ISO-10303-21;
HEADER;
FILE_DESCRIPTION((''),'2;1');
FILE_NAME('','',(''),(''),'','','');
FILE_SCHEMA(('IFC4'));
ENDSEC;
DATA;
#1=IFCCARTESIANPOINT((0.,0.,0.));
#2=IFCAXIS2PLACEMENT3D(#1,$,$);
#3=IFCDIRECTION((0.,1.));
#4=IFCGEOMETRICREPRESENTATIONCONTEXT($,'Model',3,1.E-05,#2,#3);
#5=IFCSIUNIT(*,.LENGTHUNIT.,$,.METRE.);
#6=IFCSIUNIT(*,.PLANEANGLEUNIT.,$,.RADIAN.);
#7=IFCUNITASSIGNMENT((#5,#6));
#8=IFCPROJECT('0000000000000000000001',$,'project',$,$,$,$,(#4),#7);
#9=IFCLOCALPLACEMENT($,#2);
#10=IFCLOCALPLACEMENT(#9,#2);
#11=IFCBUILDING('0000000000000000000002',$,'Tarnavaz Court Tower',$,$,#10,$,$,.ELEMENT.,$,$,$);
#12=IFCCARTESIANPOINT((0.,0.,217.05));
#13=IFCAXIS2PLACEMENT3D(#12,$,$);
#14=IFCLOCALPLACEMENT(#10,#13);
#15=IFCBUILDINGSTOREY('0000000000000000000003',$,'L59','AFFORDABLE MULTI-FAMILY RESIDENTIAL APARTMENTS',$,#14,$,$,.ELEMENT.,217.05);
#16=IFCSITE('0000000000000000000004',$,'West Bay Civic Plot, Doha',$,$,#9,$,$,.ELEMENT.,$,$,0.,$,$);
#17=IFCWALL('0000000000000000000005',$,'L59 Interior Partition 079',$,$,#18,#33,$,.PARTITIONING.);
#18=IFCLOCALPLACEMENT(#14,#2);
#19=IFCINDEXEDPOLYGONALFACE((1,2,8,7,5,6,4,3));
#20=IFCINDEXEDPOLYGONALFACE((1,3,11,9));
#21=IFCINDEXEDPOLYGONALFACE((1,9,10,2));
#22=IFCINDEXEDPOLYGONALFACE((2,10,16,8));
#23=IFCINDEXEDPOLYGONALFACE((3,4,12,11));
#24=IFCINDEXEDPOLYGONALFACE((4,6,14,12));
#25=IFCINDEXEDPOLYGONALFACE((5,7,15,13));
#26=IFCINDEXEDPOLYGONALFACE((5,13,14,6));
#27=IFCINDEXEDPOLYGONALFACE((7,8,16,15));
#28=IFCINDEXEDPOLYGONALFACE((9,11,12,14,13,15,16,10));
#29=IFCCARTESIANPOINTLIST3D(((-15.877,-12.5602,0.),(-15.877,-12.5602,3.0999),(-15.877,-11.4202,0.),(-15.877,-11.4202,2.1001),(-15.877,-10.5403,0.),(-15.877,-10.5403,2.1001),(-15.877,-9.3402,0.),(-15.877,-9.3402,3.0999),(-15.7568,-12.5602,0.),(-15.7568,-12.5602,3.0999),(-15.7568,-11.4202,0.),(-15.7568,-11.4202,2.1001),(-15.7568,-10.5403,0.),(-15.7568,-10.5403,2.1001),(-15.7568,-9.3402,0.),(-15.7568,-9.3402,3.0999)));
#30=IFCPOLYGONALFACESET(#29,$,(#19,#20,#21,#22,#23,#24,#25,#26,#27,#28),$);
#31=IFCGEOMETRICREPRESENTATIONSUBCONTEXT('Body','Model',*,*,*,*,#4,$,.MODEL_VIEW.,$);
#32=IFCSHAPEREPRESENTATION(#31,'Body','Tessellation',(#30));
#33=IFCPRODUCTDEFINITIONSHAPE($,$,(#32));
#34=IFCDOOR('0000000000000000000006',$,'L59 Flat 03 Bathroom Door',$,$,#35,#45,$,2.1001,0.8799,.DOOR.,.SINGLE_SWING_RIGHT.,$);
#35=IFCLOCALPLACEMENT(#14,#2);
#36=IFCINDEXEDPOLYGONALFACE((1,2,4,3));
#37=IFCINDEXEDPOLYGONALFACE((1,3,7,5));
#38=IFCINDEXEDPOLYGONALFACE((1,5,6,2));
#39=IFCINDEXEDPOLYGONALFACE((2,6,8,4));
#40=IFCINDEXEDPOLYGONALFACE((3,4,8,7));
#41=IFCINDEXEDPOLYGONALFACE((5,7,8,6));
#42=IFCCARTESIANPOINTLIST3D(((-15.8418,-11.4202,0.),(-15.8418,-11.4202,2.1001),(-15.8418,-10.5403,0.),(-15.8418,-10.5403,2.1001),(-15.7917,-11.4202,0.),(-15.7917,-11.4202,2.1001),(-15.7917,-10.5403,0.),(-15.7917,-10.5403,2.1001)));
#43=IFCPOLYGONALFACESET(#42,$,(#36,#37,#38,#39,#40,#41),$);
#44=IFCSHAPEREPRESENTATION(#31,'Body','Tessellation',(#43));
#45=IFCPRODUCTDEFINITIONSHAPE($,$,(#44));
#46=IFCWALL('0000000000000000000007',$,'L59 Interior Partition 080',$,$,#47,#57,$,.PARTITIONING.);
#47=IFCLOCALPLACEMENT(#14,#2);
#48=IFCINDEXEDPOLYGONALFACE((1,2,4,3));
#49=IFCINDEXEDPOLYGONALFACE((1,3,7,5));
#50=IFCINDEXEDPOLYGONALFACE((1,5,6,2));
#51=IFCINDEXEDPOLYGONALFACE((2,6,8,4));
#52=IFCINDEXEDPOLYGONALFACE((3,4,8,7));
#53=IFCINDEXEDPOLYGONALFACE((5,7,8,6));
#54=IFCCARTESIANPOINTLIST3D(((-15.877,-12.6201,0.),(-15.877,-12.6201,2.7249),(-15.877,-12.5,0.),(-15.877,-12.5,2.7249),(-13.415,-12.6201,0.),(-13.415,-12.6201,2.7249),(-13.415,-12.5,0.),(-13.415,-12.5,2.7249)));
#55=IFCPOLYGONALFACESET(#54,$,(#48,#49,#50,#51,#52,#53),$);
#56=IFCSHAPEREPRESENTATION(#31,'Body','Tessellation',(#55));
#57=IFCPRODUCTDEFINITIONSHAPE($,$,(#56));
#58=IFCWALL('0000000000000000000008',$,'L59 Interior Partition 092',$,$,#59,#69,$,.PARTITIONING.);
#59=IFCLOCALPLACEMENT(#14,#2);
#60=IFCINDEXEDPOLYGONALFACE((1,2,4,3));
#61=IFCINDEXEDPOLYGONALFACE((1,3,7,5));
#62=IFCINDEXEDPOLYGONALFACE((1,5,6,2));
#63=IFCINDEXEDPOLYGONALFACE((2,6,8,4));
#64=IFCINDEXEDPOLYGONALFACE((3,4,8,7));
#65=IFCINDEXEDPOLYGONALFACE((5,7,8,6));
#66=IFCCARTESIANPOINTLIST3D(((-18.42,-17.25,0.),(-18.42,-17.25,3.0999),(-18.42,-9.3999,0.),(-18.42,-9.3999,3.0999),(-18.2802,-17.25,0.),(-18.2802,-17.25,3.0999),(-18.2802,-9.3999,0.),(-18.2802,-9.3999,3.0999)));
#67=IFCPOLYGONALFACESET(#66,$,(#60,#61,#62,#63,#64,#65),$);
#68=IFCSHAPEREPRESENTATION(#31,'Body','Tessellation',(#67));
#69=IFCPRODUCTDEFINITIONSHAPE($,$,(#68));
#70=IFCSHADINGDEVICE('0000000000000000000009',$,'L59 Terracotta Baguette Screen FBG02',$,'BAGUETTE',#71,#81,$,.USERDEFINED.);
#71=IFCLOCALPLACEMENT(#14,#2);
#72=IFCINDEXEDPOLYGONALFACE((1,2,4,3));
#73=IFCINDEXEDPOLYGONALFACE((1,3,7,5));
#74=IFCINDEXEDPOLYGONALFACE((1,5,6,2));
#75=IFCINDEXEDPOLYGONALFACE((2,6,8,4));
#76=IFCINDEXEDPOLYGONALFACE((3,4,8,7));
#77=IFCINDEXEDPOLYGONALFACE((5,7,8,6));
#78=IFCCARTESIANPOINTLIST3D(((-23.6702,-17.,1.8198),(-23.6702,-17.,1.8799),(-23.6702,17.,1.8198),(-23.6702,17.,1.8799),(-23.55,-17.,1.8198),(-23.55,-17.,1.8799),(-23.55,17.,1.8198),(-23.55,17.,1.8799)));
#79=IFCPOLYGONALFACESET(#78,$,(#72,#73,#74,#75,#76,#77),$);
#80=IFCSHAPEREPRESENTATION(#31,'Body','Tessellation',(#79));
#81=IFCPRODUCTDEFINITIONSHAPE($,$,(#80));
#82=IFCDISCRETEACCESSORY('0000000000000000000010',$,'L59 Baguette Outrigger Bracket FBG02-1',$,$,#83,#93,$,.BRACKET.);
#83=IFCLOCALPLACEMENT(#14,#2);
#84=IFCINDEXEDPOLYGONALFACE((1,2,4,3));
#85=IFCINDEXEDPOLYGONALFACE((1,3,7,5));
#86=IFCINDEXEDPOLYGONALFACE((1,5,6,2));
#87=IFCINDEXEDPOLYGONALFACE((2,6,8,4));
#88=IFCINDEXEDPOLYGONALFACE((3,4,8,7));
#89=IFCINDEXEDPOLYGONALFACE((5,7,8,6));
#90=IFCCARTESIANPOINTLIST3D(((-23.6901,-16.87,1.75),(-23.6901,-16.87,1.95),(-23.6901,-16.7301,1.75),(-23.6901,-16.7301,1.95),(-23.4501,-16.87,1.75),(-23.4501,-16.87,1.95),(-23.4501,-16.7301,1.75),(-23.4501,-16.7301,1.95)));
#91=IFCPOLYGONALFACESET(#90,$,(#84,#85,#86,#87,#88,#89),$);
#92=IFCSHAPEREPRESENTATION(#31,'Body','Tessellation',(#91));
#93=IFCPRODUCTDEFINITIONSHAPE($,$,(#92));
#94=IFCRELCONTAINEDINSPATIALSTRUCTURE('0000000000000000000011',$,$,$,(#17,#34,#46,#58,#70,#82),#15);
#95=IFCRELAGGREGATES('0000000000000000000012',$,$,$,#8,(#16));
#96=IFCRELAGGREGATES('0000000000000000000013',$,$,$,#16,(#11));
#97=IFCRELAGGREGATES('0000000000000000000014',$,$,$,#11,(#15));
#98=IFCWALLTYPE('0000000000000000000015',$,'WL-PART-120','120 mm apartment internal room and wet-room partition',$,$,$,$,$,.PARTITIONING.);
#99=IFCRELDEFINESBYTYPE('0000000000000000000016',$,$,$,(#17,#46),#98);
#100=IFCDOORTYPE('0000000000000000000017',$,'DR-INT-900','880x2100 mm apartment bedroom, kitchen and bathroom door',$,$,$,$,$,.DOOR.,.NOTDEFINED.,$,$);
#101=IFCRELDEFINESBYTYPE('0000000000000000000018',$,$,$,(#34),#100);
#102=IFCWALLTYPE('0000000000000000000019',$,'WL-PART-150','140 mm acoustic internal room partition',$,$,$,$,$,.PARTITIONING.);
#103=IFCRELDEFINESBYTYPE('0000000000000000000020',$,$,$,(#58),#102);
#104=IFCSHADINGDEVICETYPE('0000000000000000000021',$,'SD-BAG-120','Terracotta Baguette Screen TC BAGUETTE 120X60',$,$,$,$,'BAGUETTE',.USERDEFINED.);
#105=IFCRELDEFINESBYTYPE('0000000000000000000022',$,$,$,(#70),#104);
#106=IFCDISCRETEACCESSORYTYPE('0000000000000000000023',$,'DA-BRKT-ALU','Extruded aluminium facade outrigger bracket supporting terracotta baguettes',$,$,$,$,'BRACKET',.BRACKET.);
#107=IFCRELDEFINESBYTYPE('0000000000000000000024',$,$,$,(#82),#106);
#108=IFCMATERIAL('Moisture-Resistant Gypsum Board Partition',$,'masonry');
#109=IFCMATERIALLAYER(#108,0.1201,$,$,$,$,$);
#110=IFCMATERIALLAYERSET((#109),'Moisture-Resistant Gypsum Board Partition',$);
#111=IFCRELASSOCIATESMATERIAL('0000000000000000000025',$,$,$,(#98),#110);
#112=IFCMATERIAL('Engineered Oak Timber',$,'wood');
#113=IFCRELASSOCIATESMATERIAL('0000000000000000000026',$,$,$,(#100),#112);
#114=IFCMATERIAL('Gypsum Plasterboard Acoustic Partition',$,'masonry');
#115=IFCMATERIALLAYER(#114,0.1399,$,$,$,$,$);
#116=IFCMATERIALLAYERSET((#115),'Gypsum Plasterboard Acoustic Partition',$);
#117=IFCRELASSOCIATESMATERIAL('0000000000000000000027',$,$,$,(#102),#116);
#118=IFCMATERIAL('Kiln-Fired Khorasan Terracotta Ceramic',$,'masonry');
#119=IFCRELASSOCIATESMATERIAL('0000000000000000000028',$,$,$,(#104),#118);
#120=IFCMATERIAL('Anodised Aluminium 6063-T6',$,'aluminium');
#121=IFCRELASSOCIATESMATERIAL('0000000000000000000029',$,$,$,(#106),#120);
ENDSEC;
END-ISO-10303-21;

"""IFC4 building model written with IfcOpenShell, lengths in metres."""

from ifc_helpers import new_model, si_unit, direction, frame, frame_2d, origin, origin_2d, place, context, subcontext, project, spatial, rectangle, extrude, material, layer, layer_set, material_profile, profile_set, type_object, element, fill, save


model = new_model("IFC4")

# Units and contexts
model_context = context("Model", 3, precision=1e-05, world=origin(), true_north=direction((0.0, 1.0)))
body_context = subcontext(model_context, "Body", "Model", "MODEL_VIEW")
ifc_project = project(units=[si_unit("LENGTHUNIT", "METRE"), si_unit("PLANEANGLEUNIT", "RADIAN")], contexts=[model_context])

# Site, building, storey
site_placement = place(None, origin())
site = spatial("IfcSite", under=ifc_project, at=site_placement, Name="West Bay Civic Plot, Doha", CompositionType="ELEMENT", RefElevation=0.0)
building_placement = place(site_placement, origin())
building = spatial("IfcBuilding", under=site, at=building_placement, Name="Tarnavaz Court Tower", CompositionType="ELEMENT")
storey_placement = place(building_placement, frame((0.0, 0.0, 217.05)))
storey = spatial("IfcBuildingStorey", under=building, at=storey_placement, Name="L59", Description="AFFORDABLE MULTI-FAMILY RESIDENTIAL APARTMENTS", CompositionType="ELEMENT", Elevation=217.05)

# Wall, opening, door
ifc_material_1 = material(Name="Engineered Oak Timber", Category="wood")
ifc_material_2 = material(Name="Moisture-Resistant Gypsum Board Partition", Category="masonry")
ifc_layer_1 = layer(ifc_material_2, 0.1201)
ifc_layer_set_1 = layer_set([ifc_layer_1], Name="Moisture-Resistant Gypsum Board Partition")
wall_type_1 = type_object("IfcWallType", Name="WL-PART-120", Description="120 mm apartment internal room and wet-room partition", PredefinedType="PARTITIONING", material=ifc_layer_set_1)
wall_1_placement = place(storey_placement, frame((-15.8169, -12.5601, 0.0), z_axis=(0.0, 0.0, 1.0), x_axis=(0.0, 1.0, 0.0)))
wall_1 = element("IfcWall", 1, at=wall_1_placement, inside=storey, type_object=wall_type_1, Name="L59 Interior Partition 079", PredefinedType="PARTITIONING", context=body_context, shape_type="SweptSolid", body=[
    extrude(rectangle(XDim=3.22, YDim=0.1201, at=frame_2d((1.6099, 0.0))), origin(), (0.0, 0.0, 1.0), 3.0999),
])
opening_1_placement = place(wall_1_placement, frame((1.1399, 0.0, 0.0)))
opening_1 = element("IfcOpeningElement", 2, at=opening_1_placement, cuts=wall_1, PredefinedType="OPENING", context=body_context, shape_type="SweptSolid", body=[
    extrude(rectangle(XDim=0.8799, YDim=2.1001, at=frame_2d((0.4399, 1.05))), frame((0.0, 0.0701, 0.0), z_axis=(0.0, -1.0, 0.0), x_axis=(1.0, 0.0, 0.0)), (0.0, 0.0, 1.0), 0.1401),
])
door_type_1 = type_object("IfcDoorType", Name="DR-INT-900", Description="880x2100 mm apartment bedroom, kitchen and bathroom door", OperationType="NOTDEFINED", PredefinedType="DOOR", material=ifc_material_1)
door_1_placement = place(opening_1_placement, origin())
door_1 = element("IfcDoor", 3, at=door_1_placement, inside=storey, type_object=door_type_1, Name="L59 Flat 03 Bathroom Door", OperationType="SINGLE_SWING_RIGHT", OverallHeight=2.1001, OverallWidth=0.8799, PredefinedType="DOOR", context=body_context, shape_type="SweptSolid", body=[
    extrude(rectangle(XDim=0.8799, YDim=2.1001, at=frame_2d((0.4399, 1.05))), frame((0.0, 0.0249, 0.0), z_axis=(0.0, -1.0, 0.0), x_axis=(1.0, 0.0, 0.0)), (0.0, 0.0, 1.0), 0.05),
])
fill(opening_1, door_1)

# Walls
wall_2_placement = place(storey_placement, frame((-15.877, -12.5601, 0.0), z_axis=(0.0, 0.0, 1.0), x_axis=(1.0, 0.0, 0.0)))
element("IfcWall", 4, at=wall_2_placement, inside=storey, type_object=wall_type_1, Name="L59 Interior Partition 080", PredefinedType="PARTITIONING", context=body_context, shape_type="SweptSolid", body=[
    extrude(rectangle(XDim=2.4619, YDim=0.1201, at=frame_2d((1.231, 0.0))), origin(), (0.0, 0.0, 1.0), 2.7249),
])
ifc_material_3 = material(Name="Gypsum Plasterboard Acoustic Partition", Category="masonry")
ifc_layer_2 = layer(ifc_material_3, 0.1399)
ifc_layer_set_2 = layer_set([ifc_layer_2], Name="Gypsum Plasterboard Acoustic Partition")
wall_type_2 = type_object("IfcWallType", Name="WL-PART-150", Description="140 mm acoustic internal room partition", PredefinedType="PARTITIONING", material=ifc_layer_set_2)
wall_3_placement = place(storey_placement, frame((-18.3501, -17.25, 0.0), z_axis=(0.0, 0.0, 1.0), x_axis=(0.0, 1.0, 0.0)))
element("IfcWall", 5, at=wall_3_placement, inside=storey, type_object=wall_type_2, Name="L59 Interior Partition 092", PredefinedType="PARTITIONING", context=body_context, shape_type="SweptSolid", body=[
    extrude(rectangle(XDim=7.8501, YDim=0.1399, at=frame_2d((3.925, 0.0))), origin(), (0.0, 0.0, 1.0), 3.0999),
])

# Shading device
ifc_material_4 = material(Name="Kiln-Fired Khorasan Terracotta Ceramic", Category="masonry")
ifc_material_profile_1 = material_profile(ifc_material_4, rectangle(XDim=0.1201, YDim=0.0601, at=origin_2d()), Name="TC BAGUETTE 120X60")
ifc_profile_set_1 = profile_set([ifc_material_profile_1], Name="Kiln-Fired Khorasan Terracotta Ceramic")
shading_device_type = type_object("IfcShadingDeviceType", Name="SD-BAG-120", Description="Terracotta Baguette Screen TC BAGUETTE 120X60", ElementType="BAGUETTE", PredefinedType="USERDEFINED", material=ifc_profile_set_1)
shading_device_placement = place(storey_placement, frame((-23.6101, -17.0, 1.8499), z_axis=(0.0, 1.0, 0.0), x_axis=(-1.0, 0.0, 0.0)))
element("IfcShadingDevice", 6, at=shading_device_placement, inside=storey, type_object=shading_device_type, Name="L59 Terracotta Baguette Screen FBG02", ObjectType="BAGUETTE", PredefinedType="USERDEFINED", context=body_context, shape_type="SweptSolid", body=[
    extrude(rectangle(XDim=0.1201, YDim=0.0601, at=origin_2d()), origin(), (0.0, 0.0, 1.0), 34.0),
])

# Discrete accessory
ifc_material_5 = material(Name="Anodised Aluminium 6063-T6", Category="aluminium")
discrete_accessory_type = type_object("IfcDiscreteAccessoryType", Name="DA-BRKT-ALU", Description="Extruded aluminium facade outrigger bracket supporting terracotta baguettes", ElementType="BRACKET", PredefinedType="BRACKET", material=ifc_material_5)
discrete_accessory_placement = place(storey_placement, frame((-23.5701, -16.8, 1.75), z_axis=(0.0, 0.0, 1.0), x_axis=(0.0, 1.0, 0.0)))
element("IfcDiscreteAccessory", 7, at=discrete_accessory_placement, inside=storey, type_object=discrete_accessory_type, Name="L59 Baguette Outrigger Bracket FBG02-1", PredefinedType="BRACKET", context=body_context, shape_type="SweptSolid", body=[
    extrude(rectangle(XDim=0.1399, YDim=0.24, at=origin_2d()), origin(), (0.0, 0.0, 1.0), 0.2),
])

save(model, "model.ifc")
